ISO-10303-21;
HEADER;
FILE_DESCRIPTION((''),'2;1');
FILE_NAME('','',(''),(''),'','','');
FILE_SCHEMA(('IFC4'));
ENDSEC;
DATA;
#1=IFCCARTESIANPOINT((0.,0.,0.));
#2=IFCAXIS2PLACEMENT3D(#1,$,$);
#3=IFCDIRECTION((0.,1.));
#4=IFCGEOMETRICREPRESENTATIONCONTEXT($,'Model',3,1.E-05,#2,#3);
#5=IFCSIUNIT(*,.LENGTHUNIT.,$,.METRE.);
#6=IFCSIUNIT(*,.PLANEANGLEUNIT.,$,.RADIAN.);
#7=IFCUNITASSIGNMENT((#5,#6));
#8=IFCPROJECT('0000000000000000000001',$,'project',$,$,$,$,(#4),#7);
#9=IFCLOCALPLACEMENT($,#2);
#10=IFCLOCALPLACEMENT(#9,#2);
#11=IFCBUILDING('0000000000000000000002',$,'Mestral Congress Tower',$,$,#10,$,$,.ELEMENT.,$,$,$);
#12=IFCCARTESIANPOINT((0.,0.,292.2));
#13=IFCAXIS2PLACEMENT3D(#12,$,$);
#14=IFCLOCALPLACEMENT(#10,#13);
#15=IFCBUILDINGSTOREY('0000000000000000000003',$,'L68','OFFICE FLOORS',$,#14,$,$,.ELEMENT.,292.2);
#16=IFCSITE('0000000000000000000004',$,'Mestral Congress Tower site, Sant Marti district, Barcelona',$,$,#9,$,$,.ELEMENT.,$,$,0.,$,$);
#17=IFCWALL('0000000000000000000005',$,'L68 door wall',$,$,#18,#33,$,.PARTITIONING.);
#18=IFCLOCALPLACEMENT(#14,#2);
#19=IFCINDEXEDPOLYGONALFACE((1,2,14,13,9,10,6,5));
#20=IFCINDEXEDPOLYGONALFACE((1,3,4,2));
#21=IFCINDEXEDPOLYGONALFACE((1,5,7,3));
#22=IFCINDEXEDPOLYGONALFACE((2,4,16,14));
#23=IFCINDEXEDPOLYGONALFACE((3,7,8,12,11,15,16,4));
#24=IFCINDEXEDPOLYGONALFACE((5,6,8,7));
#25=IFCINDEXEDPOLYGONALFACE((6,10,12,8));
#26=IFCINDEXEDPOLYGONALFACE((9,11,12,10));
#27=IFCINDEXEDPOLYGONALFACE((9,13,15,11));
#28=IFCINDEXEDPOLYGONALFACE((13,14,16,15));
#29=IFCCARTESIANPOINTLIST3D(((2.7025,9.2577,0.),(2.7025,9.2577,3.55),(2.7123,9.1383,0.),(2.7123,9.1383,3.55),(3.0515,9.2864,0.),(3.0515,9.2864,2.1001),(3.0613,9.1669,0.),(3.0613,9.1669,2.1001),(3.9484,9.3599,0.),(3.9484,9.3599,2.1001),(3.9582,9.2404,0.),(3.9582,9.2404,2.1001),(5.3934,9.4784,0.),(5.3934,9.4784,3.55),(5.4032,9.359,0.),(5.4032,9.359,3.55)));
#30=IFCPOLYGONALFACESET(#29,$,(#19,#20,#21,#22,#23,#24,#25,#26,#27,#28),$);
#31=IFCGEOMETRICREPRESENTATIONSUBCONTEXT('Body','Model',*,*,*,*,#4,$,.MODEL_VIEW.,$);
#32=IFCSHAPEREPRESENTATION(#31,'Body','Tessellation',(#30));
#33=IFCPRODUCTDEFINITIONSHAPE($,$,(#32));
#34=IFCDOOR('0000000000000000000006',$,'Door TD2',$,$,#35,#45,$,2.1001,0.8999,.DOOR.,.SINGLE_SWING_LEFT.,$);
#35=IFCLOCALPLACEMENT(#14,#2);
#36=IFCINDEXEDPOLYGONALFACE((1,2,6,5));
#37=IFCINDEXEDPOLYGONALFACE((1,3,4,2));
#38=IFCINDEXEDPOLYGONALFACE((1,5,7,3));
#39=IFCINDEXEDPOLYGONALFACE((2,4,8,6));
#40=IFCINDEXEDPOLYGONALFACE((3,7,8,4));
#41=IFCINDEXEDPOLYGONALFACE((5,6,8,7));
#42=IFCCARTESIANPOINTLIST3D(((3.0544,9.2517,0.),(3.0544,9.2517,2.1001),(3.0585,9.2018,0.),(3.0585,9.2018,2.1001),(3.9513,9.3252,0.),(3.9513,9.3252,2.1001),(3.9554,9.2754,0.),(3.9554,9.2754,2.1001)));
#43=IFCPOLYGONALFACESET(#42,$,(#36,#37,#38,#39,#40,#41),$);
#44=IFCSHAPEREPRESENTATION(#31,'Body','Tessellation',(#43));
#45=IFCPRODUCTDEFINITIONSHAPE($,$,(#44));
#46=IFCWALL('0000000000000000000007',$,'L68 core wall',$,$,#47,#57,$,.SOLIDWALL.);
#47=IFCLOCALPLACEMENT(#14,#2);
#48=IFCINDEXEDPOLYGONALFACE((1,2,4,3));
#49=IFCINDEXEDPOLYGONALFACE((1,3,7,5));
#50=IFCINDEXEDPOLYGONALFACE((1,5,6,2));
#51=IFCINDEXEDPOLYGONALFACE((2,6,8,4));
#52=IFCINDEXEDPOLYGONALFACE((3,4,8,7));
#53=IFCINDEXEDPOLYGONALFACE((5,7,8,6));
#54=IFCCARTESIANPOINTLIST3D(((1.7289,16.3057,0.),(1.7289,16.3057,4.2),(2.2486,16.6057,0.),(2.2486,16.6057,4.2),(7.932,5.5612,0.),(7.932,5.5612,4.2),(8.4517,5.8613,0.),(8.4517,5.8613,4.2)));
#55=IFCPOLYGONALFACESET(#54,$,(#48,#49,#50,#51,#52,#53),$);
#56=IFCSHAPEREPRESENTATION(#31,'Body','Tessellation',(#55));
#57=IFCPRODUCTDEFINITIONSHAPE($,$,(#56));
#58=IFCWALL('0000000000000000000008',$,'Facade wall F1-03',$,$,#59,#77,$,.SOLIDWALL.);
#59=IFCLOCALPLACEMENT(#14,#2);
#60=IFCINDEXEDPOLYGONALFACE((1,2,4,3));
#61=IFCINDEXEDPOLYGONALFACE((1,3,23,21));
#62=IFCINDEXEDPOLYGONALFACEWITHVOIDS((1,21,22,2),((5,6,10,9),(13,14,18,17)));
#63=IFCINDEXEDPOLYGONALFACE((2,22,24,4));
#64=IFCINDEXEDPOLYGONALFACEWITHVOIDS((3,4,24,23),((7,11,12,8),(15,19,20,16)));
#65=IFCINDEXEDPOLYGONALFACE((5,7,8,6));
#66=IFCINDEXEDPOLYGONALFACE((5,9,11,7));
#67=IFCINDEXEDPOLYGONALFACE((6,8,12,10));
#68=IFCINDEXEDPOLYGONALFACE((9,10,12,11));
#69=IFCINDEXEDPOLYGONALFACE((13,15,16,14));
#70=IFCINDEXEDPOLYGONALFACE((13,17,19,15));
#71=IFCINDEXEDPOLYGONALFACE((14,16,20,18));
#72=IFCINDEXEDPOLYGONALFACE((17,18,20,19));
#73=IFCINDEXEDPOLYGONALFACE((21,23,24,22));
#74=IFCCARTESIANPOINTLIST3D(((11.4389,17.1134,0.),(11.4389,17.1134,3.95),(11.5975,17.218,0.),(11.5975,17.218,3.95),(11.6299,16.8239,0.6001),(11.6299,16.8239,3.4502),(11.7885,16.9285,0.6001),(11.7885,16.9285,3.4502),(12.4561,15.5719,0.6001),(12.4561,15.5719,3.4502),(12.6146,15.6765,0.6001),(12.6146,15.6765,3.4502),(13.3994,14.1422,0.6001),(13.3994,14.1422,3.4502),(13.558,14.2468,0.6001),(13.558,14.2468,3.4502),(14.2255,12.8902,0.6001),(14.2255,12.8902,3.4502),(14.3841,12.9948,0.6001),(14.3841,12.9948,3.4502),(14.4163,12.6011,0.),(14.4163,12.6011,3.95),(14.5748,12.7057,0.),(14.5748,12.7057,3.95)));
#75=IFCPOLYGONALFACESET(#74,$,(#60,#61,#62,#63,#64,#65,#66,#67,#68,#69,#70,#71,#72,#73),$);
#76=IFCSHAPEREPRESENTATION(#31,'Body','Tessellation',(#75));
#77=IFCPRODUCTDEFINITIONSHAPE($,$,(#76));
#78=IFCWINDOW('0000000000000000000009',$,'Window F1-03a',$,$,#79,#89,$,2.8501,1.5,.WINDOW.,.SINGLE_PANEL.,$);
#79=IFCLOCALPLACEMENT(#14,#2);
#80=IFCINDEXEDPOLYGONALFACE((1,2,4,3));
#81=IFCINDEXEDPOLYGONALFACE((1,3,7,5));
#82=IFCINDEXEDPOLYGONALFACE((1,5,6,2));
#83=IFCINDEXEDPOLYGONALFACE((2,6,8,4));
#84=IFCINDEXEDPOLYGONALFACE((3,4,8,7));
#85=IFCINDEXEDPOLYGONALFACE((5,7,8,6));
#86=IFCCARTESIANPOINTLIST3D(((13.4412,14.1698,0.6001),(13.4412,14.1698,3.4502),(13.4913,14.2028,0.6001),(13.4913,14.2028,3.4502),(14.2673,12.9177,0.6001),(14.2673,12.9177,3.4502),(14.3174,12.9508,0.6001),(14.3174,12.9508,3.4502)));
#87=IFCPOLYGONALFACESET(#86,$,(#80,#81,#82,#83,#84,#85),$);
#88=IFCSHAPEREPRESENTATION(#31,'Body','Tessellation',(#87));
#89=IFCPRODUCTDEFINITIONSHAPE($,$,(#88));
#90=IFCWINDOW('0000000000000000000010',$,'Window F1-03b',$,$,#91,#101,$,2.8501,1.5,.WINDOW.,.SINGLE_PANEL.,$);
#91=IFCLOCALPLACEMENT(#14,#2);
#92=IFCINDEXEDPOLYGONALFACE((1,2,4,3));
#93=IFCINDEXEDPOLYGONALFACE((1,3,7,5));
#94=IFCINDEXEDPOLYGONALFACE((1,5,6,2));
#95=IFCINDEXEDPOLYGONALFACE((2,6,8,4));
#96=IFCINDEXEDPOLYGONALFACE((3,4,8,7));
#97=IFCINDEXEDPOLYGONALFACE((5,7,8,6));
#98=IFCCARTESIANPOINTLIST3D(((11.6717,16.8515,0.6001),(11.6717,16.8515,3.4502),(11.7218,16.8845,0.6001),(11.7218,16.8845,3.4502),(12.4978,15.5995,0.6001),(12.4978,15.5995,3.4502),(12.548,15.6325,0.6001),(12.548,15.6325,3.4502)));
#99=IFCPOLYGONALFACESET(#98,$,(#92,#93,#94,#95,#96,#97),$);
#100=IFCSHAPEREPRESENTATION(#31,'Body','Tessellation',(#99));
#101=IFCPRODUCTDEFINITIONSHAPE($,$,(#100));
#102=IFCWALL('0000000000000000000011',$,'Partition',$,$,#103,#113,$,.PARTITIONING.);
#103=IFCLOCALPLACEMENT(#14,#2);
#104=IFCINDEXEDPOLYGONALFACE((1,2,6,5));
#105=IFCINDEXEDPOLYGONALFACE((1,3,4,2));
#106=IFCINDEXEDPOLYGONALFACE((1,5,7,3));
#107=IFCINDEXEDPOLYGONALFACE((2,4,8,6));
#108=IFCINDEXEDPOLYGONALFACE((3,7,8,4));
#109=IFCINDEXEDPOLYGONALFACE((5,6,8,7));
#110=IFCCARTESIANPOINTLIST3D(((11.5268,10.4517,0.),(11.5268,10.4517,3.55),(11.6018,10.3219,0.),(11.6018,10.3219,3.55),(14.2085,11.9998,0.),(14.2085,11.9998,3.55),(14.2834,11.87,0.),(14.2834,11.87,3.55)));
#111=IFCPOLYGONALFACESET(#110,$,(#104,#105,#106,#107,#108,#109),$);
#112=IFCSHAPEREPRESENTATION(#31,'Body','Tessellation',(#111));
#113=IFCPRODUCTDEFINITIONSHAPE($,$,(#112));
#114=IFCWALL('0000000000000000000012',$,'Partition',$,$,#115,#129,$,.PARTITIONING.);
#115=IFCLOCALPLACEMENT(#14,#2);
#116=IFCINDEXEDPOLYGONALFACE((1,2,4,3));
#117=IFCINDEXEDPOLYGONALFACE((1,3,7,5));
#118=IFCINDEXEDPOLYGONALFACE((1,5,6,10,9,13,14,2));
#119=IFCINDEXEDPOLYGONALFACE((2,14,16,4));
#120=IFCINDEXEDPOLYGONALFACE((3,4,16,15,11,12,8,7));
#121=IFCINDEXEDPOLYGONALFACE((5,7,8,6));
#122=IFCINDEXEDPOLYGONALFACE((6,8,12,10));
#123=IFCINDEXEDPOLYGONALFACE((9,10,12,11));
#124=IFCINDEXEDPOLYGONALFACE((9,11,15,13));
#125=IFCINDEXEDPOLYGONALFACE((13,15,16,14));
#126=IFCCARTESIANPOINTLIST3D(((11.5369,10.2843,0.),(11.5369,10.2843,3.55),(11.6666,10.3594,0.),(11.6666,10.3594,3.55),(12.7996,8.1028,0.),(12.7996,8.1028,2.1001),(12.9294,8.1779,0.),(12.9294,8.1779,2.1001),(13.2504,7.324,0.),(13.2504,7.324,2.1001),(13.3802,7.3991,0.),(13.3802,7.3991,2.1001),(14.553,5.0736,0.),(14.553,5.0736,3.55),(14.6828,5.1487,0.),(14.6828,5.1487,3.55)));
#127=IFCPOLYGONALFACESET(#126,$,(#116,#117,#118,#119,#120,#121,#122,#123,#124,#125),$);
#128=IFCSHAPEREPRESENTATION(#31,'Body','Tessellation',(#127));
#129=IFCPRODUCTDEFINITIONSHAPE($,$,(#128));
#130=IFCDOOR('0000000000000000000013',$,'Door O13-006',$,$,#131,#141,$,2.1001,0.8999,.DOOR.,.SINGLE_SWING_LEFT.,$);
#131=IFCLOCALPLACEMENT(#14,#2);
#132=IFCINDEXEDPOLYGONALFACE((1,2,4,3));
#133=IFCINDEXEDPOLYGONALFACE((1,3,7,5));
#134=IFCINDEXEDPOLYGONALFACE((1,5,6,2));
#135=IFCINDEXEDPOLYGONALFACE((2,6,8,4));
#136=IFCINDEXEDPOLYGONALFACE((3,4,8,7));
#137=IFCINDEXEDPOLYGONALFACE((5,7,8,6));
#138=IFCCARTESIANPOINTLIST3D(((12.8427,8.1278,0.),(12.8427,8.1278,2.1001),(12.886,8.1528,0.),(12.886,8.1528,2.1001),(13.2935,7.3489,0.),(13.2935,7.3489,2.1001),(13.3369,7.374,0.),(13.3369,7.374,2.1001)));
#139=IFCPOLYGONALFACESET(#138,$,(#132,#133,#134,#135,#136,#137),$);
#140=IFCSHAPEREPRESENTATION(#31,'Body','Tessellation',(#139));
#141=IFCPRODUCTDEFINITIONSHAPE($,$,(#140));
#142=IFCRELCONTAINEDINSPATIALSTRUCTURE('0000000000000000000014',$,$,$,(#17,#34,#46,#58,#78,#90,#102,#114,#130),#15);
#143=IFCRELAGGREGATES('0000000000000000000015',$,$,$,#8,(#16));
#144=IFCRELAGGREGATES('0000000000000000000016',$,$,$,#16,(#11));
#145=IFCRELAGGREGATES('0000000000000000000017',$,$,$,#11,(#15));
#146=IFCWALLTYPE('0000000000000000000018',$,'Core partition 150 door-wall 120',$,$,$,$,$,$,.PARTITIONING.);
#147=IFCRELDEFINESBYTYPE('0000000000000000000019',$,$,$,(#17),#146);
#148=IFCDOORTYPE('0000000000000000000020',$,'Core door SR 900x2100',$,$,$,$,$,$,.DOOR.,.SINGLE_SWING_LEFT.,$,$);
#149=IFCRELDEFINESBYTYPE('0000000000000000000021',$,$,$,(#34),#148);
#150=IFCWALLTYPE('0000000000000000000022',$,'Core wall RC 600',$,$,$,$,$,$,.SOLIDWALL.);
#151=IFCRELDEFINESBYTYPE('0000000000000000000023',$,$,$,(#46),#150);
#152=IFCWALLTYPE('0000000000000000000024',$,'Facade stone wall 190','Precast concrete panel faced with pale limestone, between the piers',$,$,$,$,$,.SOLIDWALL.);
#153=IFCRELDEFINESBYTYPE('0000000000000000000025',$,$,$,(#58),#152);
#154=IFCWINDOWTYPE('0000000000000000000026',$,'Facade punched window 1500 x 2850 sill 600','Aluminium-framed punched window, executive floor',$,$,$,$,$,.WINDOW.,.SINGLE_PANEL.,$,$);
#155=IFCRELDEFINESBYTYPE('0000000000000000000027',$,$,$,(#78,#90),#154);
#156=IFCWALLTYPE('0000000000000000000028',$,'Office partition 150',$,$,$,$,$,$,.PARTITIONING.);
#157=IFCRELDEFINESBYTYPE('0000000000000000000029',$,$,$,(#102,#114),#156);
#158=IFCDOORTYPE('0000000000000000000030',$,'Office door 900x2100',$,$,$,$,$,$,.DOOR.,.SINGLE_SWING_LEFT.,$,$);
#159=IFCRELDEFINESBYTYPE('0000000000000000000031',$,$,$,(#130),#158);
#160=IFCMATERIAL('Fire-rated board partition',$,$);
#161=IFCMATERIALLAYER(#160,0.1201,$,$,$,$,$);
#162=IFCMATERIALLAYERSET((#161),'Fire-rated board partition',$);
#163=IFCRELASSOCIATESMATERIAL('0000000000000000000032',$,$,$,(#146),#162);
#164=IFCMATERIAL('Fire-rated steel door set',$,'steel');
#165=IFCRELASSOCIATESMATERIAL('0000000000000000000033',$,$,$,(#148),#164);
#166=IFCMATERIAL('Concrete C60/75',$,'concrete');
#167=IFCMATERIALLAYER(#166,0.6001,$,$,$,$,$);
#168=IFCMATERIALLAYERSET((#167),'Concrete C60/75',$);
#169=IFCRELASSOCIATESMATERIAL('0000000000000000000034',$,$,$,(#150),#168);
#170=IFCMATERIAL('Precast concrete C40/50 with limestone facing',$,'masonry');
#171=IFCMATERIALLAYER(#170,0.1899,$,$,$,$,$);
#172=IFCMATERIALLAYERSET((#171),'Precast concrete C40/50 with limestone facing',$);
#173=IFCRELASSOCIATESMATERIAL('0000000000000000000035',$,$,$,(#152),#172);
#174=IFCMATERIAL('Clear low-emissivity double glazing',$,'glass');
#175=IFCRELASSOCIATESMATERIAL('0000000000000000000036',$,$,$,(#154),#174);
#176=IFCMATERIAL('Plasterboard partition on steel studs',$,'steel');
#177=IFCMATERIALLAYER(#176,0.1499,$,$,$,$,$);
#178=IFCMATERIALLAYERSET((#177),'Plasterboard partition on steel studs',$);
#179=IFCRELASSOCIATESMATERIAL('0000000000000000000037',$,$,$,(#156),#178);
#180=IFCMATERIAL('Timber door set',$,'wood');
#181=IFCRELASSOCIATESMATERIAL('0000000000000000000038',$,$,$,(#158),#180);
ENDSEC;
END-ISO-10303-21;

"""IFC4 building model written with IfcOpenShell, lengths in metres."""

from ifc_helpers import new_model, si_unit, direction, frame, frame_2d, origin, place, context, subcontext, project, spatial, rectangle, extrude, material, layer, layer_set, type_object, element, fill, save


model = new_model("IFC4")

# Units and contexts
model_context = context("Model", 3, precision=1e-05, world=origin(), true_north=direction((0.0, 1.0)))
body_context = subcontext(model_context, "Body", "Model", "MODEL_VIEW")
ifc_project = project(units=[si_unit("LENGTHUNIT", "METRE"), si_unit("PLANEANGLEUNIT", "RADIAN")], contexts=[model_context])

# Site, building, storey
site_placement = place(None, origin())
site = spatial("IfcSite", under=ifc_project, at=site_placement, Name="Mestral Congress Tower site, Sant Marti district, Barcelona", CompositionType="ELEMENT", RefElevation=0.0)
building_placement = place(site_placement, origin())
building = spatial("IfcBuilding", under=site, at=building_placement, Name="Mestral Congress Tower", CompositionType="ELEMENT")
storey_placement = place(building_placement, frame((0.0, 0.0, 292.2)))
storey = spatial("IfcBuildingStorey", under=building, at=storey_placement, Name="L68", Description="OFFICE FLOORS", CompositionType="ELEMENT", Elevation=292.2)

# Shared definitions
ifc_material_1 = material(Name="Concrete C60/75", Category="concrete")

# Wall, opening, door
ifc_material_2 = material(Name="Fire-rated board partition")
ifc_layer_1 = layer(ifc_material_2, 0.1201)
ifc_layer_set_1 = layer_set([ifc_layer_1], Name="Fire-rated board partition")
wall_type_1 = type_object("IfcWallType", Name="Core partition 150 door-wall 120", PredefinedType="PARTITIONING", material=ifc_layer_set_1)
wall_1_placement = place(storey_placement, frame((5.3984, 9.4187, 0.0), z_axis=(0.0, 0.0, 1.0), x_axis=(-0.996653, -0.081743, 0.0)))
wall_1 = element("IfcWall", 1, at=wall_1_placement, inside=storey, type_object=wall_type_1, Name="L68 door wall", PredefinedType="PARTITIONING", context=body_context, shape_type="SweptSolid", body=[
    extrude(rectangle(XDim=2.7, YDim=0.1199, at=frame_2d((1.3501, 0.0))), origin(), (0.0, 0.0, 1.0), 3.55),
])
opening_1_placement = place(wall_1_placement, frame((1.45, 0.0, 0.0)))
opening_1 = element("IfcOpeningElement", 2, at=opening_1_placement, cuts=wall_1, PredefinedType="OPENING", context=body_context, shape_type="SweptSolid", body=[
    extrude(rectangle(XDim=0.8999, YDim=2.1001, at=frame_2d((0.45, 1.05))), frame((0.0, 0.0698, 0.0), z_axis=(0.0, -1.0, 0.0), x_axis=(1.0, 0.0, 0.0)), (0.0, 0.0, 1.0), 0.1399),
])
ifc_material_3 = material(Name="Fire-rated steel door set", Category="steel")
door_type_1 = type_object("IfcDoorType", Name="Core door SR 900x2100", OperationType="SINGLE_SWING_LEFT", PredefinedType="DOOR", material=ifc_material_3)
door_1_placement = place(opening_1_placement, origin())
door_1 = element("IfcDoor", 3, at=door_1_placement, inside=storey, type_object=door_type_1, Name="Door TD2", OperationType="SINGLE_SWING_LEFT", OverallHeight=2.1001, OverallWidth=0.8999, PredefinedType="DOOR", context=body_context, shape_type="SweptSolid", body=[
    extrude(rectangle(XDim=0.8999, YDim=2.1001, at=frame_2d((0.45, 1.05))), frame((0.0, 0.0249, 0.0), z_axis=(0.0, -1.0, 0.0), x_axis=(1.0, 0.0, 0.0)), (0.0, 0.0, 1.0), 0.05),
])
fill(opening_1, door_1)

# Wall
ifc_layer_2 = layer(ifc_material_1, 0.6001)
ifc_layer_set_2 = layer_set([ifc_layer_2], Name="Concrete C60/75")
wall_type_2 = type_object("IfcWallType", Name="Core wall RC 600", PredefinedType="SOLIDWALL", material=ifc_layer_set_2)
wall_2_placement = place(storey_placement, frame((1.9888, 16.4556, 0.0), z_axis=(0.0, 0.0, 1.0), x_axis=(0.499991, -0.866031, 0.0)))
element("IfcWall", 4, at=wall_2_placement, inside=storey, type_object=wall_type_2, Name="L68 core wall", PredefinedType="SOLIDWALL", context=body_context, shape_type="SweptSolid", body=[
    extrude(rectangle(XDim=12.4065, YDim=0.6001, at=frame_2d((6.2031, 0.0))), origin(), (0.0, 0.0, 1.0), 4.2),
])

# Wall, openings, windows
ifc_material_4 = material(Name="Precast concrete C40/50 with limestone facing", Category="masonry")
ifc_layer_3 = layer(ifc_material_4, 0.1899)
ifc_layer_set_3 = layer_set([ifc_layer_3], Name="Precast concrete C40/50 with limestone facing")
wall_type_3 = type_object("IfcWallType", Name="Facade stone wall 190", Description="Precast concrete panel faced with pale limestone, between the piers", PredefinedType="SOLIDWALL", material=ifc_layer_set_3)
wall_3_placement = place(storey_placement, frame((14.4956, 12.6533, 0.0), z_axis=(0.0, 0.0, 1.0), x_axis=(-0.550744, 0.834674, 0.0)))
wall_3 = element("IfcWall", 5, at=wall_3_placement, inside=storey, type_object=wall_type_3, Name="Facade wall F1-03", PredefinedType="SOLIDWALL", context=body_context, shape_type="SweptSolid", body=[
    extrude(rectangle(XDim=5.406, YDim=0.1899, at=frame_2d((2.7031, 0.0))), origin(), (0.0, 0.0, 1.0), 3.95),
])
opening_2_placement = place(wall_3_placement, frame((0.3464, 0.0, 0.6001)))
opening_2 = element("IfcOpeningElement", 6, at=opening_2_placement, cuts=wall_3, PredefinedType="OPENING", context=body_context, shape_type="SweptSolid", body=[
    extrude(rectangle(XDim=1.5, YDim=2.8501, at=frame_2d((0.75, 1.425))), frame((0.0, 0.105, 0.0), z_axis=(0.0, -1.0, 0.0), x_axis=(1.0, 0.0, 0.0)), (0.0, 0.0, 1.0), 0.21),
])
opening_3_placement = place(wall_3_placement, frame((3.5593, 0.0, 0.6001)))
opening_3 = element("IfcOpeningElement", 7, at=opening_3_placement, cuts=wall_3, PredefinedType="OPENING", context=body_context, shape_type="SweptSolid", body=[
    extrude(rectangle(XDim=1.5, YDim=2.8501, at=frame_2d((0.75, 1.425))), frame((0.0, 0.105, 0.0), z_axis=(0.0, -1.0, 0.0), x_axis=(1.0, 0.0, 0.0)), (0.0, 0.0, 1.0), 0.21),
])
ifc_material_5 = material(Name="Clear low-emissivity double glazing", Category="glass")
window_type = type_object("IfcWindowType", Name="Facade punched window 1500 x 2850 sill 600", Description="Aluminium-framed punched window, executive floor", PartitioningType="SINGLE_PANEL", PredefinedType="WINDOW", material=ifc_material_5)
window_1_placement = place(opening_2_placement, origin())
window_1 = element("IfcWindow", 8, at=window_1_placement, inside=storey, type_object=window_type, Name="Window F1-03a", OverallHeight=2.8501, OverallWidth=1.5, PartitioningType="SINGLE_PANEL", PredefinedType="WINDOW", context=body_context, shape_type="SweptSolid", body=[
    extrude(rectangle(XDim=1.5, YDim=2.8501, at=frame_2d((0.75, 1.425))), frame((0.0, 0.0449, 0.0), z_axis=(0.0, -1.0, 0.0), x_axis=(1.0, 0.0, 0.0)), (0.0, 0.0, 1.0), 0.0601),
])
fill(opening_2, window_1)
window_2_placement = place(opening_3_placement, origin())
window_2 = element("IfcWindow", 9, at=window_2_placement, inside=storey, type_object=window_type, Name="Window F1-03b", OverallHeight=2.8501, OverallWidth=1.5, PartitioningType="SINGLE_PANEL", PredefinedType="WINDOW", context=body_context, shape_type="SweptSolid", body=[
    extrude(rectangle(XDim=1.5, YDim=2.8501, at=frame_2d((0.75, 1.425))), frame((0.0, 0.0449, 0.0), z_axis=(0.0, -1.0, 0.0), x_axis=(1.0, 0.0, 0.0)), (0.0, 0.0, 1.0), 0.0601),
])
fill(opening_3, window_2)

# Wall
ifc_material_6 = material(Name="Plasterboard partition on steel studs", Category="steel")
ifc_layer_4 = layer(ifc_material_6, 0.1499)
ifc_layer_set_4 = layer_set([ifc_layer_4], Name="Plasterboard partition on steel studs")
wall_type_4 = type_object("IfcWallType", Name="Office partition 150", PredefinedType="PARTITIONING", material=ifc_layer_set_4)
wall_4_placement = place(storey_placement, frame((11.5642, 10.3867, 0.0), z_axis=(0.0, 0.0, 1.0), x_axis=(0.866046, 0.499964, 0.0)))
element("IfcWall", 10, at=wall_4_placement, inside=storey, type_object=wall_type_4, Name="Partition", PredefinedType="PARTITIONING", context=body_context, shape_type="SweptSolid", body=[
    extrude(rectangle(XDim=3.0964, YDim=0.1499, at=frame_2d((1.5483, 0.0))), origin(), (0.0, 0.0, 1.0), 3.55),
])

# Wall, opening, door
wall_5_placement = place(storey_placement, frame((11.6018, 10.3218, 0.0), z_axis=(0.0, 0.0, 1.0), x_axis=(0.500961, -0.86547, 0.0)))
wall_5 = element("IfcWall", 11, at=wall_5_placement, inside=storey, type_object=wall_type_4, Name="Partition", PredefinedType="PARTITIONING", context=body_context, shape_type="SweptSolid", body=[
    extrude(rectangle(XDim=6.0208, YDim=0.1499, at=frame_2d((3.0103, 0.0))), origin(), (0.0, 0.0, 1.0), 3.55),
])
opening_4_placement = place(wall_5_placement, frame((2.5205, 0.0, 0.0)))
opening_4 = element("IfcOpeningElement", 12, at=opening_4_placement, cuts=wall_5, PredefinedType="OPENING", context=body_context, shape_type="SweptSolid", body=[
    extrude(rectangle(XDim=0.8999, YDim=2.1001, at=frame_2d((0.45, 1.05))), frame((0.0, 0.085, 0.0), z_axis=(0.0, -1.0, 0.0), x_axis=(1.0, 0.0, 0.0)), (0.0, 0.0, 1.0), 0.1699),
])
ifc_material_7 = material(Name="Timber door set", Category="wood")
door_type_2 = type_object("IfcDoorType", Name="Office door 900x2100", OperationType="SINGLE_SWING_LEFT", PredefinedType="DOOR", material=ifc_material_7)
door_2_placement = place(opening_4_placement, origin())
door_2 = element("IfcDoor", 13, at=door_2_placement, inside=storey, type_object=door_type_2, Name="Door O13-006", OperationType="SINGLE_SWING_LEFT", OverallHeight=2.1001, OverallWidth=0.8999, PredefinedType="DOOR", context=body_context, shape_type="SweptSolid", body=[
    extrude(rectangle(XDim=0.8999, YDim=2.1001, at=frame_2d((0.45, 1.05))), frame((0.0, 0.0249, 0.0), z_axis=(0.0, -1.0, 0.0), x_axis=(1.0, 0.0, 0.0)), (0.0, 0.0, 1.0), 0.05),
])
fill(opening_4, door_2)

save(model, "model.ifc")
